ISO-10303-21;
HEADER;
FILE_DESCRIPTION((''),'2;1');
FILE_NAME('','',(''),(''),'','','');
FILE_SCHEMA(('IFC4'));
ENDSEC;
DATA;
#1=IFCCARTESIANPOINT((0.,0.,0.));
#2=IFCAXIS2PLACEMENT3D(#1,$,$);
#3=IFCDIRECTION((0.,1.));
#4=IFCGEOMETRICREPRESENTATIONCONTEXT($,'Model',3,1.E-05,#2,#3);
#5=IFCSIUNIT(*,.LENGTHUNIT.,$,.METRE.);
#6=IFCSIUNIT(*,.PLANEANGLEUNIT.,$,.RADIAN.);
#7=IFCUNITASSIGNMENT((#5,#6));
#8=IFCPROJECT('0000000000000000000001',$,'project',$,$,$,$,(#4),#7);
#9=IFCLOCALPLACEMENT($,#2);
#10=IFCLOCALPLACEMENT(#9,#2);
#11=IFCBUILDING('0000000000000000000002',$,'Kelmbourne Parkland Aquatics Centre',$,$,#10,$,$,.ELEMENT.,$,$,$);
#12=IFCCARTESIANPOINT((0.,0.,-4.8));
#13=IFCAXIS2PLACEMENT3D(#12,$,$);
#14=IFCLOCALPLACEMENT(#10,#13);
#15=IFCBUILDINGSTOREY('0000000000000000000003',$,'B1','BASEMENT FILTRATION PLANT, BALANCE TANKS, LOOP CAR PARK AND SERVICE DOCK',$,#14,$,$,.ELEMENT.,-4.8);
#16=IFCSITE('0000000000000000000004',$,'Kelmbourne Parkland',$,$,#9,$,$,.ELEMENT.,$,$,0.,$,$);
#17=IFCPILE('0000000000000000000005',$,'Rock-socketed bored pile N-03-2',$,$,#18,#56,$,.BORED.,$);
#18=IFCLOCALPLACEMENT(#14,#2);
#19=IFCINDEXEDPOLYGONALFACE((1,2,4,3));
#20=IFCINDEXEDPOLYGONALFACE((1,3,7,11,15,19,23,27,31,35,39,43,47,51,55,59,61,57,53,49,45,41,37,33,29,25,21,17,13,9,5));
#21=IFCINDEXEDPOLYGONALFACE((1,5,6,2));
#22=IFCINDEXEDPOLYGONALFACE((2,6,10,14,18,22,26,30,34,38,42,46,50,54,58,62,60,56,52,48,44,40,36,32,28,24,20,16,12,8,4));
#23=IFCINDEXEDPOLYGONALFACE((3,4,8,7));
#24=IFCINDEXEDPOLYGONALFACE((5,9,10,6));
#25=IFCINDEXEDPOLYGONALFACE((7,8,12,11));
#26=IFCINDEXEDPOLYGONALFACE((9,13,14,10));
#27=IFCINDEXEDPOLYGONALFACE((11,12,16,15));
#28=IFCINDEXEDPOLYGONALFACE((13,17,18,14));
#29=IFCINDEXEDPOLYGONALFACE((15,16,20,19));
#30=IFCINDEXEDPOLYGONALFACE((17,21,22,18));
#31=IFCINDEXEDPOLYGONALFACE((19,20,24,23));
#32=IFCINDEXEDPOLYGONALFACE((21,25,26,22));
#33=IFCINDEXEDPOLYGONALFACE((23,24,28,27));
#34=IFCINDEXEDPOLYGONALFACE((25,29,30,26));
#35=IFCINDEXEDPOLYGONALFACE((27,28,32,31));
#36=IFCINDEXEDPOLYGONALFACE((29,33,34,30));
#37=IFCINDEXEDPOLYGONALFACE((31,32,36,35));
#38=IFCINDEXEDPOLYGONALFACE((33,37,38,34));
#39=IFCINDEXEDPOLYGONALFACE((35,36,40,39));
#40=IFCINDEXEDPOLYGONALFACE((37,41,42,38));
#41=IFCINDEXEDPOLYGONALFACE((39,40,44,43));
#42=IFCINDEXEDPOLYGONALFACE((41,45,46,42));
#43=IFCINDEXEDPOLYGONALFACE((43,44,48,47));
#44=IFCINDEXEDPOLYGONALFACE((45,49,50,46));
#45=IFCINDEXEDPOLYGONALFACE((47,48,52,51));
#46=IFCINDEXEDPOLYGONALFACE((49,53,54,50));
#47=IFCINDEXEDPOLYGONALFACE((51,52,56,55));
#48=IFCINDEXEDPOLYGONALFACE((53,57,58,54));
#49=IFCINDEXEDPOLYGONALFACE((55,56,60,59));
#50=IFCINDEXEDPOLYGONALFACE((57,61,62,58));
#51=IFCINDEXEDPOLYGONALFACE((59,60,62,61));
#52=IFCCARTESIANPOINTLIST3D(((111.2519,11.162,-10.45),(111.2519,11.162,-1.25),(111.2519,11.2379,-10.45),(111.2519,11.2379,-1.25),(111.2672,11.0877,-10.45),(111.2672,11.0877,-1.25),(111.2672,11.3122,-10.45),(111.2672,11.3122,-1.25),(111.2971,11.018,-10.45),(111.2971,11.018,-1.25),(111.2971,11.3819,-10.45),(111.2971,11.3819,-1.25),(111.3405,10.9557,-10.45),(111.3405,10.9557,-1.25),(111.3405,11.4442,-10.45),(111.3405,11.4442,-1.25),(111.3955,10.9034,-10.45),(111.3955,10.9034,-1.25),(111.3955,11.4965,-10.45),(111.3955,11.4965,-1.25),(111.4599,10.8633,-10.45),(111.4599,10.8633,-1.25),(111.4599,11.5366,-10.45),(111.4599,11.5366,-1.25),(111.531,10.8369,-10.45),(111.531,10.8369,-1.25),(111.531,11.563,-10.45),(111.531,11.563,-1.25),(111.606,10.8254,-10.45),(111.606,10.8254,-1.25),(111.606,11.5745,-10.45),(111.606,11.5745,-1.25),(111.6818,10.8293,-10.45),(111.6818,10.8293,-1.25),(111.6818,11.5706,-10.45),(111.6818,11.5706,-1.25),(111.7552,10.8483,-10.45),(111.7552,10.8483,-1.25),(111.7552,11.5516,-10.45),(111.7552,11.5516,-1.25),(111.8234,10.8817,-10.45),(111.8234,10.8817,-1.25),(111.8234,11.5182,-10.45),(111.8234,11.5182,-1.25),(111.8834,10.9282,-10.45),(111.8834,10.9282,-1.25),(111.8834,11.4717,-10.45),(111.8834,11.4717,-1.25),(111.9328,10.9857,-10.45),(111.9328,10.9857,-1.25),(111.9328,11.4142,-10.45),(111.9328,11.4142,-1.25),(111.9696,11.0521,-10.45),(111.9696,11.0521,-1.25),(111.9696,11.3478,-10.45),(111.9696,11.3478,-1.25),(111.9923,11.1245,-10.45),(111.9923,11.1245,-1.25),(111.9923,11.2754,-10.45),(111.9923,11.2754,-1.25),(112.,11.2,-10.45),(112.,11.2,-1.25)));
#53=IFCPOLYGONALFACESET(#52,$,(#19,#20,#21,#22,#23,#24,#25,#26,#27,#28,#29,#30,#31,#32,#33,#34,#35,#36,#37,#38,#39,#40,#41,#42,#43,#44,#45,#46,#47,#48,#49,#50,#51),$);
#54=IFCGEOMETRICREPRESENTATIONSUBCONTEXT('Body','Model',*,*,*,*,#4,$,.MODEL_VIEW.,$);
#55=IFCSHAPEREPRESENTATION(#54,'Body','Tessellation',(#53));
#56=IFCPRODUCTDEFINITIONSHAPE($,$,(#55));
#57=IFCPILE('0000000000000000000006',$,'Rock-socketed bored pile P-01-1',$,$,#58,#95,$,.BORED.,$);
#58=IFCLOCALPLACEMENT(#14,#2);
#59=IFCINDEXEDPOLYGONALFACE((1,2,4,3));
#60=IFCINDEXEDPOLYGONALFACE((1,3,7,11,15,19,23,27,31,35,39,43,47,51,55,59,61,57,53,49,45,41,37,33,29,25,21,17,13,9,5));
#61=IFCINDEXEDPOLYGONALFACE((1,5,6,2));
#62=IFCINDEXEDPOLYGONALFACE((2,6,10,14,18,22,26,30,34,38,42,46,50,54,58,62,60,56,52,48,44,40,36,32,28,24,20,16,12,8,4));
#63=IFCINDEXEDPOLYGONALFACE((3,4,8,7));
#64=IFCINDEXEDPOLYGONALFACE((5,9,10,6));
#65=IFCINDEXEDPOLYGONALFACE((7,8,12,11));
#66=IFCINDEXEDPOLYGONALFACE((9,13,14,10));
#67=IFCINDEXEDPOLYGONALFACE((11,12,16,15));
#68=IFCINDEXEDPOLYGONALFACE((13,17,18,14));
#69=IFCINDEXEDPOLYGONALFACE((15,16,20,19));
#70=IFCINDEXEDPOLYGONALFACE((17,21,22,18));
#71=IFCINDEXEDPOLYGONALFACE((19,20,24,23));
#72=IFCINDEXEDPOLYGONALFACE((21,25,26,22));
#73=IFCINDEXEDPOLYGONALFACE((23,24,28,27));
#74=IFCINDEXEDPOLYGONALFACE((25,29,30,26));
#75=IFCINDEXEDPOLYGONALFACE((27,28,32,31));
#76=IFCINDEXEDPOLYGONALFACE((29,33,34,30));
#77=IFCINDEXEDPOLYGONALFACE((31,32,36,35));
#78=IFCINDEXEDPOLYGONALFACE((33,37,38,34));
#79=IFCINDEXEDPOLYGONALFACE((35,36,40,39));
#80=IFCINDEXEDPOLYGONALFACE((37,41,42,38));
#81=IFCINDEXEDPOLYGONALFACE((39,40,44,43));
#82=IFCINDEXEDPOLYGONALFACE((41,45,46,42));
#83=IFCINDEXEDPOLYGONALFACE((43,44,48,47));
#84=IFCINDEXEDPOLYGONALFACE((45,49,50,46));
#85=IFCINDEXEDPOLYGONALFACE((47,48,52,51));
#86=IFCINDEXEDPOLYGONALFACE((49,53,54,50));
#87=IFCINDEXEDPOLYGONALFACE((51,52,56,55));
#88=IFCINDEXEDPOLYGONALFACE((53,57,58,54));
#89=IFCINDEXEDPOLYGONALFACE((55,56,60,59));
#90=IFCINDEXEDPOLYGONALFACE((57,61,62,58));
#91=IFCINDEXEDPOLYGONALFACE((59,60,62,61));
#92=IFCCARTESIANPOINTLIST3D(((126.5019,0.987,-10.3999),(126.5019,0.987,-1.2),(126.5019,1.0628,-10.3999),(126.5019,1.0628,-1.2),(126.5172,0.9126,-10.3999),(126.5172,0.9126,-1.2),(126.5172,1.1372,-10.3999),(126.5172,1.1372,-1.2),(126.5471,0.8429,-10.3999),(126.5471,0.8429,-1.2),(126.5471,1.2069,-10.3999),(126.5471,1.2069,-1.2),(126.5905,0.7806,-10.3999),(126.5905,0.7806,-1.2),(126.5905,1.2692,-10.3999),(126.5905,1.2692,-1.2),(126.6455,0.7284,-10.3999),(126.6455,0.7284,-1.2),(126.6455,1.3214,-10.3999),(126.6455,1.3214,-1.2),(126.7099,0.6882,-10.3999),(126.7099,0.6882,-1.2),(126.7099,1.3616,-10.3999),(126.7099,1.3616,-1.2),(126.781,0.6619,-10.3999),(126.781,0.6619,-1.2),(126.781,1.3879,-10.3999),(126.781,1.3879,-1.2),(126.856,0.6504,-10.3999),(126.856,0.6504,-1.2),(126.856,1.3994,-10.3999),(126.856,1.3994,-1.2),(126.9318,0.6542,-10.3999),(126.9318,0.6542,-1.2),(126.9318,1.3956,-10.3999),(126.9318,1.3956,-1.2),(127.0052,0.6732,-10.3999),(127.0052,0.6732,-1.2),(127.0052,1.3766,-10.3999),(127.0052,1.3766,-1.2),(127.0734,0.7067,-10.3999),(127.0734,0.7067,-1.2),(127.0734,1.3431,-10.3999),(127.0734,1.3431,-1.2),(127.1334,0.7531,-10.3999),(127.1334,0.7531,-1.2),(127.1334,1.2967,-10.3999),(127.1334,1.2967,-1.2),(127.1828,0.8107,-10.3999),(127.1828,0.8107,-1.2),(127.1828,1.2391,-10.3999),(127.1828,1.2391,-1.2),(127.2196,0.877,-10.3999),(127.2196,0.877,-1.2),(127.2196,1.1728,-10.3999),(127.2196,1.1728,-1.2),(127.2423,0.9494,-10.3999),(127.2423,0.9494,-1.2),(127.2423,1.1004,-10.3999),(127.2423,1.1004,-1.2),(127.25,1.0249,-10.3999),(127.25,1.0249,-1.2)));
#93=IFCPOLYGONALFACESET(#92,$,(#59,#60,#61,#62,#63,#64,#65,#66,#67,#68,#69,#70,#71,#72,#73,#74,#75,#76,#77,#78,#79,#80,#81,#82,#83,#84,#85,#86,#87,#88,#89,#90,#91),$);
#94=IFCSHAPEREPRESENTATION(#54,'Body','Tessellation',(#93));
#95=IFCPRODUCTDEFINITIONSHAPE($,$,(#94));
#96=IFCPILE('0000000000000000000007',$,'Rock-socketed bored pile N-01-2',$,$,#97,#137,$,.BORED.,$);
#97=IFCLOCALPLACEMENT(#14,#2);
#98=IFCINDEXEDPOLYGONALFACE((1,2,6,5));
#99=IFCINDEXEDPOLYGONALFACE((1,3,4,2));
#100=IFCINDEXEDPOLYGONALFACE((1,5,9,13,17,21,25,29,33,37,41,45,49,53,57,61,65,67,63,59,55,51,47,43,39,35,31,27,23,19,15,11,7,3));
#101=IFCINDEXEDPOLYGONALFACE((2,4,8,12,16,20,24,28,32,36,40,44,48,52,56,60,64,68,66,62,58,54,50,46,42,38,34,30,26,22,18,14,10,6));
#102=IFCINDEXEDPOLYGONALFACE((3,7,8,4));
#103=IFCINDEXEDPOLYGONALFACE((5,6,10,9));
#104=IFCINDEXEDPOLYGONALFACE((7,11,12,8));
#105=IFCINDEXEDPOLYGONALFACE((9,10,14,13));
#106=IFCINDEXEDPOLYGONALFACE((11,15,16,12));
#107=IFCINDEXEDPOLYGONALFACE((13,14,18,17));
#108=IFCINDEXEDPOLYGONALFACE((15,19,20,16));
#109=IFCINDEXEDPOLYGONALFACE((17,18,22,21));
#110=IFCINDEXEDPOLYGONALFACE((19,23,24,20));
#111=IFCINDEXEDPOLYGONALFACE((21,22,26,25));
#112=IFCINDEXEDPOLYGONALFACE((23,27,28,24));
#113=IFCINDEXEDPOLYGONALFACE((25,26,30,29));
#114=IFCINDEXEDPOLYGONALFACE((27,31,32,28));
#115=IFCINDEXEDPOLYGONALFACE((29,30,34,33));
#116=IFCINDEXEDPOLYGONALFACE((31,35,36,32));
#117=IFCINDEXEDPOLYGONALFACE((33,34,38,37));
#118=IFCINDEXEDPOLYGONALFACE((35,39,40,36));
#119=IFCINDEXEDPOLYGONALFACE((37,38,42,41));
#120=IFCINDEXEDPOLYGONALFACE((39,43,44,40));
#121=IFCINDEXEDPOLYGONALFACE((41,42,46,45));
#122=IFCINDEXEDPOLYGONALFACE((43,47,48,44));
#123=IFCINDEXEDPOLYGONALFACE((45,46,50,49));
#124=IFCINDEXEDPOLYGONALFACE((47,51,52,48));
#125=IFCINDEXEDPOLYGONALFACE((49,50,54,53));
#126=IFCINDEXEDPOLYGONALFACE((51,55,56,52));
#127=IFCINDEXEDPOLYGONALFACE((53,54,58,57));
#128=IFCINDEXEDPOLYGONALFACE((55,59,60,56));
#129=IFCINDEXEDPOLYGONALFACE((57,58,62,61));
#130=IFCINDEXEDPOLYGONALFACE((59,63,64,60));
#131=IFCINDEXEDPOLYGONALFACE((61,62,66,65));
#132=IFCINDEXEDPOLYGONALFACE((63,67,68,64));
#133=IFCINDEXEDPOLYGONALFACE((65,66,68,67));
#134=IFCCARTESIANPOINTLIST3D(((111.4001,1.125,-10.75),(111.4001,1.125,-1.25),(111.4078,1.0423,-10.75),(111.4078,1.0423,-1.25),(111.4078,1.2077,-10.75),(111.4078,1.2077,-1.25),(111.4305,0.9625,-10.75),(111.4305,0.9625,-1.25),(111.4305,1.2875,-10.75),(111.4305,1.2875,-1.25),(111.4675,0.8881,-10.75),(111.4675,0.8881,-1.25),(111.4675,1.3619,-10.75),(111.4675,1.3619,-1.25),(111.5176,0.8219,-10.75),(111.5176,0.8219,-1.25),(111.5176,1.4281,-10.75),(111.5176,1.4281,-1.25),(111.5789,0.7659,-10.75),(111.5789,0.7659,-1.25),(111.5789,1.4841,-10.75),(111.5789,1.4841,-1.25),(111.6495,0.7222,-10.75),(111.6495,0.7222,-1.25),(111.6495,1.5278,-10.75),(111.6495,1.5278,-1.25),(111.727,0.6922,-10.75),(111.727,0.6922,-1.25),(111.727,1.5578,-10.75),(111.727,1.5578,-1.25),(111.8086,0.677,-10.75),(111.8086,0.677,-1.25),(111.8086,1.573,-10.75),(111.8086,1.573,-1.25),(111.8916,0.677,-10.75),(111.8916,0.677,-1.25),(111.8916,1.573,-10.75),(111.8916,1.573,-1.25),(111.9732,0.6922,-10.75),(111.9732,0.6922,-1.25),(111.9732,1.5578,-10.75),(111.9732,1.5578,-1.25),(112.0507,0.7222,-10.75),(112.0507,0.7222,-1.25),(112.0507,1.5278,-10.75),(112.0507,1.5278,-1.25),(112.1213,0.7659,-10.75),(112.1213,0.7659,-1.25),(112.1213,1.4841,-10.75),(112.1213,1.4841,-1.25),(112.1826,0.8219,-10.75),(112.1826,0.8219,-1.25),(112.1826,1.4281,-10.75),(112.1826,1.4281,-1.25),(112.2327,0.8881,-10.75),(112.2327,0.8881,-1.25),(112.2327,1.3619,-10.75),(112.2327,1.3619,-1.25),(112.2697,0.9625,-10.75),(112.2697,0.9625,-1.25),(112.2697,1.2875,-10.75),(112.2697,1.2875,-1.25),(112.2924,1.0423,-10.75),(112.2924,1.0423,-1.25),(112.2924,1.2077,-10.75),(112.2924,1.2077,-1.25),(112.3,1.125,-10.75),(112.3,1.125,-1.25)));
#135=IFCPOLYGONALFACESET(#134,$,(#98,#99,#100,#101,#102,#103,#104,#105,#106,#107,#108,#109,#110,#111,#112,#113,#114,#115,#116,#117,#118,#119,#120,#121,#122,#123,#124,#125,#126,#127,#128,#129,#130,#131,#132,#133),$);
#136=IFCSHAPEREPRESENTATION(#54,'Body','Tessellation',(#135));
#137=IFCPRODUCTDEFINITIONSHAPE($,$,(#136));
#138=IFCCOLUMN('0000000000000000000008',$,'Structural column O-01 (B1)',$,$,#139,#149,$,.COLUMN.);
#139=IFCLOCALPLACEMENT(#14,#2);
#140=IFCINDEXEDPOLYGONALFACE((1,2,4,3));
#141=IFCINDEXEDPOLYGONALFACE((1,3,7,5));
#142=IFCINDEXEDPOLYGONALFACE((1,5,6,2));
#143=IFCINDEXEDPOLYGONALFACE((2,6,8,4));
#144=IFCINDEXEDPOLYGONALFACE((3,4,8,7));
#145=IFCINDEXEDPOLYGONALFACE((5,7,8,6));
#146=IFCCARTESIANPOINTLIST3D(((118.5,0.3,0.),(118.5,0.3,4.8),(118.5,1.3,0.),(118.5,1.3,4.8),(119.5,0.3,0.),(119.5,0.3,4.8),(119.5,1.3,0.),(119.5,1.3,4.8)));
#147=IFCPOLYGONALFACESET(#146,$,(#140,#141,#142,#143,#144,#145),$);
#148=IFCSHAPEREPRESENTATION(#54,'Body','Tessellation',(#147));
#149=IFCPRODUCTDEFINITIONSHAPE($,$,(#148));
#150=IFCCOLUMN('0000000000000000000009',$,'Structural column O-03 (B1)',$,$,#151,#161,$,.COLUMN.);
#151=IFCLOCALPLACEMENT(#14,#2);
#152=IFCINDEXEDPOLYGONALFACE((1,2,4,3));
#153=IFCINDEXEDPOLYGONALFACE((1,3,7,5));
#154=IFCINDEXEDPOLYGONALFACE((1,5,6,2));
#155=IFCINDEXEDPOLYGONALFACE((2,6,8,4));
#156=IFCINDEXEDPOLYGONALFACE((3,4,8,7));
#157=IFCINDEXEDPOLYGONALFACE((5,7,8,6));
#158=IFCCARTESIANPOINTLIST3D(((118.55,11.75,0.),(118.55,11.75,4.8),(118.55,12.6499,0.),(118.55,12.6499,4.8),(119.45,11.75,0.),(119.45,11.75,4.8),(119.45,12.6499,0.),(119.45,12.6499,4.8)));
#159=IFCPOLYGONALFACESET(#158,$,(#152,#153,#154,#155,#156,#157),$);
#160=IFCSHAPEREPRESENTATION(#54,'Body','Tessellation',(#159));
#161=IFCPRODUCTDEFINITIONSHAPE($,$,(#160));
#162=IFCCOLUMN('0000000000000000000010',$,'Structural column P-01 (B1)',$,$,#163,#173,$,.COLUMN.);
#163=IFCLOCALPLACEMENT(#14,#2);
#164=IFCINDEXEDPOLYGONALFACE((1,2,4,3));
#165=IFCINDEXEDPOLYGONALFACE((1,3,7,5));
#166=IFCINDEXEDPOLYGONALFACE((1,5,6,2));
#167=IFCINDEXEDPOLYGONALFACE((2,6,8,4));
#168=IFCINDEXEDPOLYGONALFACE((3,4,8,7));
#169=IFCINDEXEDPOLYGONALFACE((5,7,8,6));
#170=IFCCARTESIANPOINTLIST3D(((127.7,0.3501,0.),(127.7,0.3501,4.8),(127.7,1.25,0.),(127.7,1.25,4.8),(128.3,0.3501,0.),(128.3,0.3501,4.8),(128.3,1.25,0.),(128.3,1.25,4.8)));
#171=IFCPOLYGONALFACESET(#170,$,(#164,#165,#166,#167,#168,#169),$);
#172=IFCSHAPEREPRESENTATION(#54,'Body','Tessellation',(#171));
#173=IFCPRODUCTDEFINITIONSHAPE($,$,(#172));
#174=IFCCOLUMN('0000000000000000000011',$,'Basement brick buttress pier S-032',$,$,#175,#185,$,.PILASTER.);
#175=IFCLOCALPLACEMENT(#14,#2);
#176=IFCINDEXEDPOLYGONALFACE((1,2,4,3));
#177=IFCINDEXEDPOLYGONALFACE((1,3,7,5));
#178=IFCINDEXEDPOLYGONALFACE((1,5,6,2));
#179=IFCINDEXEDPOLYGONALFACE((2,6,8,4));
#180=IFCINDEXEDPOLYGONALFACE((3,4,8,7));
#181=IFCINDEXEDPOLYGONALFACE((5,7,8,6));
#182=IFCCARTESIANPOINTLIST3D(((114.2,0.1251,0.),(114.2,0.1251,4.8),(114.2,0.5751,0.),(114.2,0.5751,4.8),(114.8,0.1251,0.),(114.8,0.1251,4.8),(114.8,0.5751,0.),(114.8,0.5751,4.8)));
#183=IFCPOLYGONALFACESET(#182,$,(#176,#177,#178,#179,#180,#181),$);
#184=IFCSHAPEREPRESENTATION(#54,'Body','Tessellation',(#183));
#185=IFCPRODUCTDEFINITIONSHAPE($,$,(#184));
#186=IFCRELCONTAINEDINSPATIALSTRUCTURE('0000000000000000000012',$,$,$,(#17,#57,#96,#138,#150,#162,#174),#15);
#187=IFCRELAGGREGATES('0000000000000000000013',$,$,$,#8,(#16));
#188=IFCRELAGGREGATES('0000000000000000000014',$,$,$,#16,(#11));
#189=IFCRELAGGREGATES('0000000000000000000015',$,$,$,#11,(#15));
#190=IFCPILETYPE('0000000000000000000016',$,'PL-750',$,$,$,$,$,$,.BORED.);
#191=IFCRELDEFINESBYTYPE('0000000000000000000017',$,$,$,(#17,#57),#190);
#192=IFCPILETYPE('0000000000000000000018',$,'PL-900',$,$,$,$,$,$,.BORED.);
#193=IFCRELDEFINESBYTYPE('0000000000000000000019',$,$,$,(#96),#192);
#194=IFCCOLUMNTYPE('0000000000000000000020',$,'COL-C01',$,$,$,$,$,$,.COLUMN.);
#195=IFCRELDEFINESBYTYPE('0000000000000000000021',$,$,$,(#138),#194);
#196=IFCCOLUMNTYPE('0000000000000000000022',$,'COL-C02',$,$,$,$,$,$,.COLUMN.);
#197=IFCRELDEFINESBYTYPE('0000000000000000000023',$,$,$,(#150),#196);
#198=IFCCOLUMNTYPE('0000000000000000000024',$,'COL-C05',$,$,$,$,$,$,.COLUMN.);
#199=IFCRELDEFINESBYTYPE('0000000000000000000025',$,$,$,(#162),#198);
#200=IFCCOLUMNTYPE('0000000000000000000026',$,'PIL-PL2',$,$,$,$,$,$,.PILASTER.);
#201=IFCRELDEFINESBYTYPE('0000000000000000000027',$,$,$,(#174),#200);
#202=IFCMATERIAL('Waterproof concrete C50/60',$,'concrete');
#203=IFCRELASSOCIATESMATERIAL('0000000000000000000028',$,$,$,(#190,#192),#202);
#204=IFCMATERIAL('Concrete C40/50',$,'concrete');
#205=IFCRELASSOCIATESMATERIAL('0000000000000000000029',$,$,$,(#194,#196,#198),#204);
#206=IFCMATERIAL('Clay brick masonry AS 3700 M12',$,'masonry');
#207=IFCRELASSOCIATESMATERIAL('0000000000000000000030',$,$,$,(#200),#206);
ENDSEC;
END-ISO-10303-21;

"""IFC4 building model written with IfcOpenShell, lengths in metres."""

from ifc_helpers import new_model, si_unit, direction, frame, origin, origin_2d, place, context, subcontext, project, spatial, rectangle, circle, extrude, material, material_profile, profile_set, type_object, element, save


model = new_model("IFC4")

# Units and contexts
model_context = context("Model", 3, precision=1e-05, world=origin(), true_north=direction((0.0, 1.0)))
body_context = subcontext(model_context, "Body", "Model", "MODEL_VIEW")
ifc_project = project(units=[si_unit("LENGTHUNIT", "METRE"), si_unit("PLANEANGLEUNIT", "RADIAN")], contexts=[model_context])

# Site, building, storey
site_placement = place(None, origin())
site = spatial("IfcSite", under=ifc_project, at=site_placement, Name="Kelmbourne Parkland", CompositionType="ELEMENT", RefElevation=0.0)
building_placement = place(site_placement, origin())
building = spatial("IfcBuilding", under=site, at=building_placement, Name="Kelmbourne Parkland Aquatics Centre", CompositionType="ELEMENT")
storey_placement = place(building_placement, frame((0.0, 0.0, -4.8)))
storey = spatial("IfcBuildingStorey", under=building, at=storey_placement, Name="B1", Description="BASEMENT FILTRATION PLANT, BALANCE TANKS, LOOP CAR PARK AND SERVICE DOCK", CompositionType="ELEMENT", Elevation=-4.8)

# Shared definitions
ifc_material_1 = material(Name="Waterproof concrete C50/60", Category="concrete")

# Piles
ifc_material_profile_1 = material_profile(ifc_material_1, circle(Radius=0.375, at=origin_2d()), Name="PILE D750")
ifc_profile_set_1 = profile_set([ifc_material_profile_1], Name="Waterproof concrete C50/60")
pile_type_1 = type_object("IfcPileType", Name="PL-750", PredefinedType="BORED", material=ifc_profile_set_1)
for number, where, z_axis, x_axis, name in (
    (1, (111.625, 11.2, -1.25), (0.0, 0.0, -1.0), (1.0, 0.0, 0.0), "Rock-socketed bored pile N-03-2"),
    (2, (126.875, 1.0249, -1.2), (0.0, 0.0, -1.0), (1.0, 0.0, 0.0), "Rock-socketed bored pile P-01-1"),
):
    element("IfcPile", number, at=place(storey_placement, frame(where, z_axis=z_axis, x_axis=x_axis)), inside=storey, type_object=pile_type_1, Name=name, PredefinedType="BORED", context=body_context, shape_type="SweptSolid", body=[
        extrude(circle(Radius=0.375, at=origin_2d()), origin(), (0.0, 0.0, 1.0), 9.2),
    ])
ifc_material_profile_2 = material_profile(ifc_material_1, circle(Radius=0.45, at=origin_2d()), Name="PILE D900")
ifc_profile_set_2 = profile_set([ifc_material_profile_2], Name="Waterproof concrete C50/60")
pile_type_2 = type_object("IfcPileType", Name="PL-900", PredefinedType="BORED", material=ifc_profile_set_2)
pile_placement = place(storey_placement, frame((111.8501, 1.125, -1.25), z_axis=(0.0, 0.0, -1.0), x_axis=(1.0, 0.0, 0.0)))
element("IfcPile", 3, at=pile_placement, inside=storey, type_object=pile_type_2, Name="Rock-socketed bored pile N-01-2", PredefinedType="BORED", context=body_context, shape_type="SweptSolid", body=[
    extrude(circle(Radius=0.45, at=origin_2d()), origin(), (0.0, 0.0, 1.0), 9.5),
])

# Columns
ifc_material_2 = material(Name="Concrete C40/50", Category="concrete")
ifc_material_profile_3 = material_profile(ifc_material_2, rectangle(XDim=1.0, YDim=1.0, at=origin_2d()), Name="RC 1000x1000")
ifc_profile_set_3 = profile_set([ifc_material_profile_3], Name="Concrete C40/50")
column_type_1 = type_object("IfcColumnType", Name="COL-C01", PredefinedType="COLUMN", material=ifc_profile_set_3)
column_1_placement = place(storey_placement, frame((119.0, 0.8, 0.0), z_axis=(0.0, 0.0, 1.0), x_axis=(1.0, 0.0, 0.0)))
element("IfcColumn", 4, at=column_1_placement, inside=storey, type_object=column_type_1, Name="Structural column O-01 (B1)", PredefinedType="COLUMN", context=body_context, shape_type="SweptSolid", body=[
    extrude(rectangle(XDim=1.0, YDim=1.0, at=origin_2d()), origin(), (0.0, 0.0, 1.0), 4.8),
])
ifc_material_profile_4 = material_profile(ifc_material_2, rectangle(XDim=0.8999, YDim=0.8999, at=origin_2d()), Name="RC 900x900")
ifc_profile_set_4 = profile_set([ifc_material_profile_4], Name="Concrete C40/50")
column_type_2 = type_object("IfcColumnType", Name="COL-C02", PredefinedType="COLUMN", material=ifc_profile_set_4)
column_2_placement = place(storey_placement, frame((119.0, 12.2, 0.0), z_axis=(0.0, 0.0, 1.0), x_axis=(1.0, 0.0, 0.0)))
element("IfcColumn", 5, at=column_2_placement, inside=storey, type_object=column_type_2, Name="Structural column O-03 (B1)", PredefinedType="COLUMN", context=body_context, shape_type="SweptSolid", body=[
    extrude(rectangle(XDim=0.8999, YDim=0.8999, at=origin_2d()), origin(), (0.0, 0.0, 1.0), 4.8),
])
ifc_material_profile_5 = material_profile(ifc_material_2, rectangle(XDim=0.6001, YDim=0.8999, at=origin_2d()), Name="RC 600x900")
ifc_profile_set_5 = profile_set([ifc_material_profile_5], Name="Concrete C40/50")
column_type_3 = type_object("IfcColumnType", Name="COL-C05", PredefinedType="COLUMN", material=ifc_profile_set_5)
column_3_placement = place(storey_placement, frame((128.0, 0.8, 0.0), z_axis=(0.0, 0.0, 1.0), x_axis=(1.0, 0.0, 0.0)))
element("IfcColumn", 6, at=column_3_placement, inside=storey, type_object=column_type_3, Name="Structural column P-01 (B1)", PredefinedType="COLUMN", context=body_context, shape_type="SweptSolid", body=[
    extrude(rectangle(XDim=0.6001, YDim=0.8999, at=origin_2d()), origin(), (0.0, 0.0, 1.0), 4.8),
])
ifc_material_3 = material(Name="Clay brick masonry AS 3700 M12", Category="masonry")
ifc_material_profile_6 = material_profile(ifc_material_3, rectangle(XDim=0.45, YDim=0.6001, at=origin_2d()), Name="PIL 450x600")
ifc_profile_set_6 = profile_set([ifc_material_profile_6], Name="Clay brick masonry AS 3700 M12")
column_type_4 = type_object("IfcColumnType", Name="PIL-PL2", PredefinedType="PILASTER", material=ifc_profile_set_6)
for number, where, z_axis, x_axis, name in (
    (7, (114.5, 0.3501, 0.0), (0.0, 0.0, 1.0), (0.0, 1.0, 0.0), "Basement brick buttress pier S-032"),
):
    element("IfcColumn", number, at=place(storey_placement, frame(where, z_axis=z_axis, x_axis=x_axis)), inside=storey, type_object=column_type_4, Name=name, PredefinedType="PILASTER", context=body_context, shape_type="SweptSolid", body=[
        extrude(rectangle(XDim=0.45, YDim=0.6001, at=origin_2d()), origin(), (0.0, 0.0, 1.0), 4.8),
    ])

save(model, "model.ifc")
